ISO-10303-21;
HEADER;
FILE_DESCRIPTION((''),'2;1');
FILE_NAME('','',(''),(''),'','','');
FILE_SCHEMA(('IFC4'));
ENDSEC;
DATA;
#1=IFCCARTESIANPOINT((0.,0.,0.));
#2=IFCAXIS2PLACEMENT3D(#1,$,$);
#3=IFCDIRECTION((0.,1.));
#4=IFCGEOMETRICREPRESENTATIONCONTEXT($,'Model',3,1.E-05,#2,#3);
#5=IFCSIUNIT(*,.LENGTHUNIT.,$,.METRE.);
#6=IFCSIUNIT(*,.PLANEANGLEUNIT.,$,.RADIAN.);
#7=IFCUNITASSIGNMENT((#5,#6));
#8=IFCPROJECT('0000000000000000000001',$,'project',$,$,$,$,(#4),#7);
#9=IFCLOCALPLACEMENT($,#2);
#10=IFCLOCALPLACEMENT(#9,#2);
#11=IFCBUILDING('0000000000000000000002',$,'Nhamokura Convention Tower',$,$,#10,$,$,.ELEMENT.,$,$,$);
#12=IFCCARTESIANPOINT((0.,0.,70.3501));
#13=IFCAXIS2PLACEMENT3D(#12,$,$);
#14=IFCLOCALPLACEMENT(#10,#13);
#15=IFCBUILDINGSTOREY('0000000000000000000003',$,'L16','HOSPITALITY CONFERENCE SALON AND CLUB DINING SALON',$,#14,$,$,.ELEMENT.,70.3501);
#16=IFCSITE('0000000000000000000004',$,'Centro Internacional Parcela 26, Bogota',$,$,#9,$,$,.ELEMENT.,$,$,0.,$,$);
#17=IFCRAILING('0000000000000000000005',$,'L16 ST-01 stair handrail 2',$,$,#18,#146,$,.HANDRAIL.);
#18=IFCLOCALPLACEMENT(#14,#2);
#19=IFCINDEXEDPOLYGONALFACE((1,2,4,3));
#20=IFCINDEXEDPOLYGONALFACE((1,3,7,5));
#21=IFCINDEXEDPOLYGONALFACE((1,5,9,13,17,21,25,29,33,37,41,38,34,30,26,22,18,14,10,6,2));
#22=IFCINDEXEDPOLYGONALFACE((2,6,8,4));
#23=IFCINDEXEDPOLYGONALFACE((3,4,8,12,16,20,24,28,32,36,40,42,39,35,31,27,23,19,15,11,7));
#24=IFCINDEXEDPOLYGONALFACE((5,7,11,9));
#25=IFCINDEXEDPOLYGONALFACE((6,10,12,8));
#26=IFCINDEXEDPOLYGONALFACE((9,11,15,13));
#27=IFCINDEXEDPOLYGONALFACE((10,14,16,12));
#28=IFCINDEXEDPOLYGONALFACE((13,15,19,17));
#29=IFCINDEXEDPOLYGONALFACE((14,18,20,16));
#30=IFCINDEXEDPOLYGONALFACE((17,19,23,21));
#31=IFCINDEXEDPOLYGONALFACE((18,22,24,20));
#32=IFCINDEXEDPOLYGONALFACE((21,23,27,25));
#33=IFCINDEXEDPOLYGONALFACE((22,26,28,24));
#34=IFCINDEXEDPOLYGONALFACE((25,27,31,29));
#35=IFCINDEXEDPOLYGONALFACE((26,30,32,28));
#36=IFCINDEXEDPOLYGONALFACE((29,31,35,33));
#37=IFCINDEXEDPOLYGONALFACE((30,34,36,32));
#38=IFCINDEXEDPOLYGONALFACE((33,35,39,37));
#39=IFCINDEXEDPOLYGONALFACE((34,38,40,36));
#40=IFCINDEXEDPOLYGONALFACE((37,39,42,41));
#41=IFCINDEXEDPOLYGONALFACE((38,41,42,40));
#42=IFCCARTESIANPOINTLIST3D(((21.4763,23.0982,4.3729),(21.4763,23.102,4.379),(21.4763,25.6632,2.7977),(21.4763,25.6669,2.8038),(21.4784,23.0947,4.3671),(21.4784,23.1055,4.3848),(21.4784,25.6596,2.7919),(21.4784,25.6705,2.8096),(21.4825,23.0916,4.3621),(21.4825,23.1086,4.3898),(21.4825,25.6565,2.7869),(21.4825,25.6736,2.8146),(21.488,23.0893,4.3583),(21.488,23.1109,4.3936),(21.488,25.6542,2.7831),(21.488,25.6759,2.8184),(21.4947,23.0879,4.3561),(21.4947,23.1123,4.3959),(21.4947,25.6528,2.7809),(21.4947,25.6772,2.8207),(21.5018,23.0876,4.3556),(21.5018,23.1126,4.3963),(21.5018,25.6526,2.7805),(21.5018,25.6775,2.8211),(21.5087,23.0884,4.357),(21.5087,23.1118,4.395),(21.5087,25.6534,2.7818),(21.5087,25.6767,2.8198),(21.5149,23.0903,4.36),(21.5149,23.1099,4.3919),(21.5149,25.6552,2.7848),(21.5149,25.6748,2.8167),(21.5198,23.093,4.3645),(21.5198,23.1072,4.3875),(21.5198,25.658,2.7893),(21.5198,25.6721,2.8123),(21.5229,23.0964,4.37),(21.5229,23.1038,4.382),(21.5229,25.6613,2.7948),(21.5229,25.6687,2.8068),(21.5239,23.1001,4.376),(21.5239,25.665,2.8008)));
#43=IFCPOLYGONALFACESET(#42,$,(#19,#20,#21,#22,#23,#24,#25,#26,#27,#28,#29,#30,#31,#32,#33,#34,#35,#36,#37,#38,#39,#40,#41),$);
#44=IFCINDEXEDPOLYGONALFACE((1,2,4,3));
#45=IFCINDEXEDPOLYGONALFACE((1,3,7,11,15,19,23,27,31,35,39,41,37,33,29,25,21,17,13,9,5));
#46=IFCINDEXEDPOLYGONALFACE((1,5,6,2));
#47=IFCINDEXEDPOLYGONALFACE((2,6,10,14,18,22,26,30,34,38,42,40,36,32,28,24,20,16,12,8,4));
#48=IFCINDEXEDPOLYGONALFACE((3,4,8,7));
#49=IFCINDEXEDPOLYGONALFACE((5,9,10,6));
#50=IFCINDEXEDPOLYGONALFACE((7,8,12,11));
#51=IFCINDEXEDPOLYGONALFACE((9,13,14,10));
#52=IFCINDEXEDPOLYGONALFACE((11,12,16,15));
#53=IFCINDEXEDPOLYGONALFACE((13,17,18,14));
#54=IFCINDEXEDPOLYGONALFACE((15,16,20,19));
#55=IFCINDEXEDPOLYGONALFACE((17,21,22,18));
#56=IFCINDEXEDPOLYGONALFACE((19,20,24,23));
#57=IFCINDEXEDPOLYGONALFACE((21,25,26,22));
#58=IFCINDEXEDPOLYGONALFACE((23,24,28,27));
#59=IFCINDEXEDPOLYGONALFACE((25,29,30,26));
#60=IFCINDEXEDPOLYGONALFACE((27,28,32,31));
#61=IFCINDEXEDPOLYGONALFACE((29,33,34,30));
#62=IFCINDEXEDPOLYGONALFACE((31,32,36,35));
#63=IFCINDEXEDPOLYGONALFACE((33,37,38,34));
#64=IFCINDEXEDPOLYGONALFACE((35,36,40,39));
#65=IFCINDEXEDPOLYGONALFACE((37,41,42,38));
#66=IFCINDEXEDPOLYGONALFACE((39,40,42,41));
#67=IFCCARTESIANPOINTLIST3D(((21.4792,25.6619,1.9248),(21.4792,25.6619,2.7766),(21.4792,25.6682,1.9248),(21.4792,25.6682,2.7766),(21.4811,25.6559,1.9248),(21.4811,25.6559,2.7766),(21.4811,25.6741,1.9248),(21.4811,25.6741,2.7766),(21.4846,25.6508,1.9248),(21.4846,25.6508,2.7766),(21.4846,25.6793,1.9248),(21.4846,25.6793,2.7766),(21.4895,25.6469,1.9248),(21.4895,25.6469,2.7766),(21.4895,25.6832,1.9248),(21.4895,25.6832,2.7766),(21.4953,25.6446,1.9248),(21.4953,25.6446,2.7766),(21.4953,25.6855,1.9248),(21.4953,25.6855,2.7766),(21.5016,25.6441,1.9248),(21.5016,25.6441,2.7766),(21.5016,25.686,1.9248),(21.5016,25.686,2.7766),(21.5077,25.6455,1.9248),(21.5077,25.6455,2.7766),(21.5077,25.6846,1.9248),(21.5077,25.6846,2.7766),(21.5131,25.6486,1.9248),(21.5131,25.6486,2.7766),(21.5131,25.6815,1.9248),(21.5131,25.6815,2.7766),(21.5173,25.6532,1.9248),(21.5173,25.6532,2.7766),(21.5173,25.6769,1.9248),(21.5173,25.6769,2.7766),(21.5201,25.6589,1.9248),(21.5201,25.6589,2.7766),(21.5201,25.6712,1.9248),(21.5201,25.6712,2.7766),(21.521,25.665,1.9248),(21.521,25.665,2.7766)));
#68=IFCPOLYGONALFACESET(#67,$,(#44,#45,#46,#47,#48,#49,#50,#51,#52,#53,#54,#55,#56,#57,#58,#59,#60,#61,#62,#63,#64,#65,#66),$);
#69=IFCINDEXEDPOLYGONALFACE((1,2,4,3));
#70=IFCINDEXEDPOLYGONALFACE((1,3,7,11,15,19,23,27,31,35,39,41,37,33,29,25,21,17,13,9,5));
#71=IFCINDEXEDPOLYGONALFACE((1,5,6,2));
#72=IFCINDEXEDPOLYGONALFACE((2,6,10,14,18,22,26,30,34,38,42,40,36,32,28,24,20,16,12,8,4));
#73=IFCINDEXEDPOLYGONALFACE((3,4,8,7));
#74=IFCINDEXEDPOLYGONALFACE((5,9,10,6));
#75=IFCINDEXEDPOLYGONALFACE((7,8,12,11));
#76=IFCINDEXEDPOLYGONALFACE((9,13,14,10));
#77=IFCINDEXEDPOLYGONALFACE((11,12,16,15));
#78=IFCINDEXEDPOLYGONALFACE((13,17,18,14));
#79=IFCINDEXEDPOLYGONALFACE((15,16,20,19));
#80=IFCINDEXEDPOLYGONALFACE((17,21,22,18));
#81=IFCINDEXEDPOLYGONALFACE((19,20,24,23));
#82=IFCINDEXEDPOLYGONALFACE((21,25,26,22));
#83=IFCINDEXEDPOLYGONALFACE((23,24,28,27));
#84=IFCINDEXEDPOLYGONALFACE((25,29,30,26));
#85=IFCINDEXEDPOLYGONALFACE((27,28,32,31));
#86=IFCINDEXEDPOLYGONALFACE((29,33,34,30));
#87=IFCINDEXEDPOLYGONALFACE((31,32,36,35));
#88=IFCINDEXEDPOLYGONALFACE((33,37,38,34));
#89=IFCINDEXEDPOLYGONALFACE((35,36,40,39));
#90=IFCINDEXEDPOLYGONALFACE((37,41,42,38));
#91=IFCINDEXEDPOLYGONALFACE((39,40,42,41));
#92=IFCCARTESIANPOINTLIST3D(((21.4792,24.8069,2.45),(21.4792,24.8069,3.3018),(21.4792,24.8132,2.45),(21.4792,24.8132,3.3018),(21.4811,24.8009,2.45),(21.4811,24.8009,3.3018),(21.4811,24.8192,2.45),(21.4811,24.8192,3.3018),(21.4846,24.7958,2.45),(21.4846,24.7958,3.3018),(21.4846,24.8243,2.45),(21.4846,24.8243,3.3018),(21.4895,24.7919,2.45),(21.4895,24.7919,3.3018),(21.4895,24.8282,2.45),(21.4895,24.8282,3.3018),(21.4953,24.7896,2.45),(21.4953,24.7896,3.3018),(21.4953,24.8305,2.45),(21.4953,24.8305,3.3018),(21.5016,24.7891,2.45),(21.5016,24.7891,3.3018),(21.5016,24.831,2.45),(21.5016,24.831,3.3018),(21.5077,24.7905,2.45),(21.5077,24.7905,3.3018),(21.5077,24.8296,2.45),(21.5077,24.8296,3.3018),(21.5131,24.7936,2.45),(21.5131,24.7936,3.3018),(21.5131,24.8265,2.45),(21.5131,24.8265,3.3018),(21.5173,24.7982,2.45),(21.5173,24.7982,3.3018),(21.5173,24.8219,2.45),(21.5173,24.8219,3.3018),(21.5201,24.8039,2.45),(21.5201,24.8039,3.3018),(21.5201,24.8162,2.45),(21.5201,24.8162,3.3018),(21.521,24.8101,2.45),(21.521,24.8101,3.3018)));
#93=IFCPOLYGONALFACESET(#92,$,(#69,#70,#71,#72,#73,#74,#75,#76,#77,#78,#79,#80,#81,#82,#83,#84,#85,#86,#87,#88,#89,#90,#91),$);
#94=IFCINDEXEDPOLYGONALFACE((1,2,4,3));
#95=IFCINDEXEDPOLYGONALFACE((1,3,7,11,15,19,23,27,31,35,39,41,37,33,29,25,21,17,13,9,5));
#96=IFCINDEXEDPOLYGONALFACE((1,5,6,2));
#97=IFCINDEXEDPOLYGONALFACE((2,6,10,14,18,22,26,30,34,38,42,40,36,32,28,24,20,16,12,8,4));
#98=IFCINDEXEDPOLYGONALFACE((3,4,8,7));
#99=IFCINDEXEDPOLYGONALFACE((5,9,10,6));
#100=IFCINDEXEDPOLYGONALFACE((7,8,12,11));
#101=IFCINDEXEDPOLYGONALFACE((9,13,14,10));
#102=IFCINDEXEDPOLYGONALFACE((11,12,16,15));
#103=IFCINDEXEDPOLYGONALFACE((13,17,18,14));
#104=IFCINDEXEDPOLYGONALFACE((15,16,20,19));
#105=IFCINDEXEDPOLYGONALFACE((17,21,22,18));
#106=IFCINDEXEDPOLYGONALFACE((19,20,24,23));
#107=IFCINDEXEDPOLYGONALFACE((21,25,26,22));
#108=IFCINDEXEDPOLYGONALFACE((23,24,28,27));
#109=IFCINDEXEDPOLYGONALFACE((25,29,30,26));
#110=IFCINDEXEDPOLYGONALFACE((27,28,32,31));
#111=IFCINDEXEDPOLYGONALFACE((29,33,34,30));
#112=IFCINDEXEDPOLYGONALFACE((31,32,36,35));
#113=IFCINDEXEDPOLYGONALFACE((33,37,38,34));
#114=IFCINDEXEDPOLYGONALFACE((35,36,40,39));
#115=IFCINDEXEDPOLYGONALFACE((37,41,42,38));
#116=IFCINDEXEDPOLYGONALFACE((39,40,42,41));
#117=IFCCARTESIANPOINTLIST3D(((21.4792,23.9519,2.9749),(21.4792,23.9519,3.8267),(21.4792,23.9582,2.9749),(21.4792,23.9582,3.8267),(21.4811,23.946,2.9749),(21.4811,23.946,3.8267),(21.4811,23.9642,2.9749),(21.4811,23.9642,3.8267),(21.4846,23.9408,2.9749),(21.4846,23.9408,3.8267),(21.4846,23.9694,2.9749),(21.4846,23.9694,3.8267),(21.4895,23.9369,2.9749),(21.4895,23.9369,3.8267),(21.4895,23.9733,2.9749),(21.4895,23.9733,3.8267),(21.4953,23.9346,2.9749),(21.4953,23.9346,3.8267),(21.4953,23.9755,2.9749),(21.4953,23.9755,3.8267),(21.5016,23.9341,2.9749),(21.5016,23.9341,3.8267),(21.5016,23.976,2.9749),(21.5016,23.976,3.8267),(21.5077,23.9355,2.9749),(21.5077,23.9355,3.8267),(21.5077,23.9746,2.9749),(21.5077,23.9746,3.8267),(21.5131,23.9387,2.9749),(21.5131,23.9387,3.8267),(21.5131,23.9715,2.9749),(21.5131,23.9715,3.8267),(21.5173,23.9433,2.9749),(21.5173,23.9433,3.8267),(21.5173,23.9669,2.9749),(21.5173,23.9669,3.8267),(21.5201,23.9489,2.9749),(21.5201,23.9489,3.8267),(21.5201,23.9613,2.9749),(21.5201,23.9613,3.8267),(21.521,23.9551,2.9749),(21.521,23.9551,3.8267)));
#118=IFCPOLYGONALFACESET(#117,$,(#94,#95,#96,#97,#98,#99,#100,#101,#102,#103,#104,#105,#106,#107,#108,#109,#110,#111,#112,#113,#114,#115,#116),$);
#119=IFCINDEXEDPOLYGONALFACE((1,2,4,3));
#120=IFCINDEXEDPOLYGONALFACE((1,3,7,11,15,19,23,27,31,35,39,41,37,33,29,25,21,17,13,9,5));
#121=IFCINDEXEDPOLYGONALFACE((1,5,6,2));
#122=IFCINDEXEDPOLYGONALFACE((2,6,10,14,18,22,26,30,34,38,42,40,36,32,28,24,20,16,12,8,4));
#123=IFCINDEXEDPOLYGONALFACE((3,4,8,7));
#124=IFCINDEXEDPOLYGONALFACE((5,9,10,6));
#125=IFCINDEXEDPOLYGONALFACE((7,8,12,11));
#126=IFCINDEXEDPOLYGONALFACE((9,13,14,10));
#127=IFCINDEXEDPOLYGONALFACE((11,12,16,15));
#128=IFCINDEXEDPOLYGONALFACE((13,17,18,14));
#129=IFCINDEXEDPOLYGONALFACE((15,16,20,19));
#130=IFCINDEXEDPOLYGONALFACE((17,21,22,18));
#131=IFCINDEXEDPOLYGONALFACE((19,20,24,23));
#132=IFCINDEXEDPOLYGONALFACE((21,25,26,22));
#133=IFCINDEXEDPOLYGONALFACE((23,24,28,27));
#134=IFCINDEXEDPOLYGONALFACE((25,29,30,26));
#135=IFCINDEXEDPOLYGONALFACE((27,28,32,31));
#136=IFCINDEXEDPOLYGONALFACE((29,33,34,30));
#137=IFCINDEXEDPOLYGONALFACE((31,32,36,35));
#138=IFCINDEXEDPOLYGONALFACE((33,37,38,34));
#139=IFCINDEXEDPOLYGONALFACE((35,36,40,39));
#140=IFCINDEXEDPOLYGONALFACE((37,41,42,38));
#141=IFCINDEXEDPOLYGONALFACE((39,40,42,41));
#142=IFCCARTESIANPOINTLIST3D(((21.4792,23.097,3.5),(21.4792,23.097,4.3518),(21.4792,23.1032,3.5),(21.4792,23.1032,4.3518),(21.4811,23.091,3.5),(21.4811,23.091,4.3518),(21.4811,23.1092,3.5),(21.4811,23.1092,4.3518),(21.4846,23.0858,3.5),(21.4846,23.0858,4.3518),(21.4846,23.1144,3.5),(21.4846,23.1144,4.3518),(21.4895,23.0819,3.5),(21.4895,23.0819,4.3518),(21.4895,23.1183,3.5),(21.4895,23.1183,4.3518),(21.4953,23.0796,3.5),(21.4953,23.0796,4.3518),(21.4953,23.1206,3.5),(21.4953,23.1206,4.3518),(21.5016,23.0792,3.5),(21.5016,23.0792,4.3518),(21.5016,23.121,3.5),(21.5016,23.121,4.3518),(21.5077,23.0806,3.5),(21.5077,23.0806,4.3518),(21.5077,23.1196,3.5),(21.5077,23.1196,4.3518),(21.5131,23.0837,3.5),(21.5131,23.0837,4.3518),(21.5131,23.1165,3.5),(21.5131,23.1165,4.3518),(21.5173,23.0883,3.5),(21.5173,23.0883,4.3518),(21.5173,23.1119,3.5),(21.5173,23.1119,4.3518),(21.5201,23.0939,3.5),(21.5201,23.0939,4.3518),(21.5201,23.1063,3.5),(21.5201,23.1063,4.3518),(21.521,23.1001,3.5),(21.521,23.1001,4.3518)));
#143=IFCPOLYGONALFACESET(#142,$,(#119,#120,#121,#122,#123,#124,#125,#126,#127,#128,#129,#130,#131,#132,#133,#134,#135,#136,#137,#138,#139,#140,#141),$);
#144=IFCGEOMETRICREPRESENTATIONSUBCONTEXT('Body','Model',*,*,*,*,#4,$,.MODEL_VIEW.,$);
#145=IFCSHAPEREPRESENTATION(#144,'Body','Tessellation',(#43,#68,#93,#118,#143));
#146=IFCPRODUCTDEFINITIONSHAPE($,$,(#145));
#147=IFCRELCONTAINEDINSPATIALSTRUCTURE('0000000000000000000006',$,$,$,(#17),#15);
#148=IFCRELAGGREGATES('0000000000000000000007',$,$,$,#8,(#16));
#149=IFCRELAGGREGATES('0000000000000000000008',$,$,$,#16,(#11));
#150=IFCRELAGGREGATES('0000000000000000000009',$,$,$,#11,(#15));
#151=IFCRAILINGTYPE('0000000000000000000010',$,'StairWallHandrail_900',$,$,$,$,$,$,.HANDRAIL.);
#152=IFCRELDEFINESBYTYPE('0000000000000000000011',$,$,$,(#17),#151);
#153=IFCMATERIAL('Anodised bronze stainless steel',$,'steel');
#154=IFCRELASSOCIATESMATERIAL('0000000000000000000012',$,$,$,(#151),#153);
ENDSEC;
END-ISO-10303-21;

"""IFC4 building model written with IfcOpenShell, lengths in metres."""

from ifc_helpers import new_model, si_unit, direction, frame, origin, origin_2d, place, context, subcontext, project, spatial, circle, extrude, material, type_object, element, save


model = new_model("IFC4")

# Units and contexts
model_context = context("Model", 3, precision=1e-05, world=origin(), true_north=direction((0.0, 1.0)))
body_context = subcontext(model_context, "Body", "Model", "MODEL_VIEW")
ifc_project = project(units=[si_unit("LENGTHUNIT", "METRE"), si_unit("PLANEANGLEUNIT", "RADIAN")], contexts=[model_context])

# Site, building, storey
site_placement = place(None, origin())
site = spatial("IfcSite", under=ifc_project, at=site_placement, Name="Centro Internacional Parcela 26, Bogota", CompositionType="ELEMENT", RefElevation=0.0)
building_placement = place(site_placement, origin())
building = spatial("IfcBuilding", under=site, at=building_placement, Name="Nhamokura Convention Tower", CompositionType="ELEMENT")
storey_placement = place(building_placement, frame((0.0, 0.0, 70.3501)))
storey = spatial("IfcBuildingStorey", under=building, at=storey_placement, Name="L16", Description="HOSPITALITY CONFERENCE SALON AND CLUB DINING SALON", CompositionType="ELEMENT", Elevation=70.3501)

# Railing
ifc_material_1 = material(Name="Anodised bronze stainless steel", Category="steel")
railing_type_1 = type_object("IfcRailingType", Name="StairWallHandrail_900", PredefinedType="HANDRAIL", material=ifc_material_1)
railing_1_placement = place(storey_placement, frame((21.5, 25.665, 1.9248)))
element("IfcRailing", 1, at=railing_1_placement, inside=storey, type_object=railing_type_1, Name="L16 ST-01 stair handrail 2", PredefinedType="HANDRAIL", context=body_context, shape_type="SweptSolid", body=[
    extrude(circle(Radius=0.0239, at=origin_2d()), frame((0.0, 0.0, 0.876), z_axis=(0.0, -0.852137, 0.523319), x_axis=(1.0, 0.0, 0.0)), (0.0, 0.0, 1.0), 3.01),
    extrude(circle(Radius=0.021, at=origin_2d()), origin(), (0.0, 0.0, 1.0), 0.8518),
    extrude(circle(Radius=0.021, at=origin_2d()), frame((0.0, -0.855, 0.5251)), (0.0, 0.0, 1.0), 0.8518),
    extrude(circle(Radius=0.021, at=origin_2d()), frame((0.0, -1.71, 1.05)), (0.0, 0.0, 1.0), 0.8518),
    extrude(circle(Radius=0.021, at=origin_2d()), frame((0.0, -2.5649, 1.5752)), (0.0, 0.0, 1.0), 0.8518),
])

save(model, "model.ifc")
